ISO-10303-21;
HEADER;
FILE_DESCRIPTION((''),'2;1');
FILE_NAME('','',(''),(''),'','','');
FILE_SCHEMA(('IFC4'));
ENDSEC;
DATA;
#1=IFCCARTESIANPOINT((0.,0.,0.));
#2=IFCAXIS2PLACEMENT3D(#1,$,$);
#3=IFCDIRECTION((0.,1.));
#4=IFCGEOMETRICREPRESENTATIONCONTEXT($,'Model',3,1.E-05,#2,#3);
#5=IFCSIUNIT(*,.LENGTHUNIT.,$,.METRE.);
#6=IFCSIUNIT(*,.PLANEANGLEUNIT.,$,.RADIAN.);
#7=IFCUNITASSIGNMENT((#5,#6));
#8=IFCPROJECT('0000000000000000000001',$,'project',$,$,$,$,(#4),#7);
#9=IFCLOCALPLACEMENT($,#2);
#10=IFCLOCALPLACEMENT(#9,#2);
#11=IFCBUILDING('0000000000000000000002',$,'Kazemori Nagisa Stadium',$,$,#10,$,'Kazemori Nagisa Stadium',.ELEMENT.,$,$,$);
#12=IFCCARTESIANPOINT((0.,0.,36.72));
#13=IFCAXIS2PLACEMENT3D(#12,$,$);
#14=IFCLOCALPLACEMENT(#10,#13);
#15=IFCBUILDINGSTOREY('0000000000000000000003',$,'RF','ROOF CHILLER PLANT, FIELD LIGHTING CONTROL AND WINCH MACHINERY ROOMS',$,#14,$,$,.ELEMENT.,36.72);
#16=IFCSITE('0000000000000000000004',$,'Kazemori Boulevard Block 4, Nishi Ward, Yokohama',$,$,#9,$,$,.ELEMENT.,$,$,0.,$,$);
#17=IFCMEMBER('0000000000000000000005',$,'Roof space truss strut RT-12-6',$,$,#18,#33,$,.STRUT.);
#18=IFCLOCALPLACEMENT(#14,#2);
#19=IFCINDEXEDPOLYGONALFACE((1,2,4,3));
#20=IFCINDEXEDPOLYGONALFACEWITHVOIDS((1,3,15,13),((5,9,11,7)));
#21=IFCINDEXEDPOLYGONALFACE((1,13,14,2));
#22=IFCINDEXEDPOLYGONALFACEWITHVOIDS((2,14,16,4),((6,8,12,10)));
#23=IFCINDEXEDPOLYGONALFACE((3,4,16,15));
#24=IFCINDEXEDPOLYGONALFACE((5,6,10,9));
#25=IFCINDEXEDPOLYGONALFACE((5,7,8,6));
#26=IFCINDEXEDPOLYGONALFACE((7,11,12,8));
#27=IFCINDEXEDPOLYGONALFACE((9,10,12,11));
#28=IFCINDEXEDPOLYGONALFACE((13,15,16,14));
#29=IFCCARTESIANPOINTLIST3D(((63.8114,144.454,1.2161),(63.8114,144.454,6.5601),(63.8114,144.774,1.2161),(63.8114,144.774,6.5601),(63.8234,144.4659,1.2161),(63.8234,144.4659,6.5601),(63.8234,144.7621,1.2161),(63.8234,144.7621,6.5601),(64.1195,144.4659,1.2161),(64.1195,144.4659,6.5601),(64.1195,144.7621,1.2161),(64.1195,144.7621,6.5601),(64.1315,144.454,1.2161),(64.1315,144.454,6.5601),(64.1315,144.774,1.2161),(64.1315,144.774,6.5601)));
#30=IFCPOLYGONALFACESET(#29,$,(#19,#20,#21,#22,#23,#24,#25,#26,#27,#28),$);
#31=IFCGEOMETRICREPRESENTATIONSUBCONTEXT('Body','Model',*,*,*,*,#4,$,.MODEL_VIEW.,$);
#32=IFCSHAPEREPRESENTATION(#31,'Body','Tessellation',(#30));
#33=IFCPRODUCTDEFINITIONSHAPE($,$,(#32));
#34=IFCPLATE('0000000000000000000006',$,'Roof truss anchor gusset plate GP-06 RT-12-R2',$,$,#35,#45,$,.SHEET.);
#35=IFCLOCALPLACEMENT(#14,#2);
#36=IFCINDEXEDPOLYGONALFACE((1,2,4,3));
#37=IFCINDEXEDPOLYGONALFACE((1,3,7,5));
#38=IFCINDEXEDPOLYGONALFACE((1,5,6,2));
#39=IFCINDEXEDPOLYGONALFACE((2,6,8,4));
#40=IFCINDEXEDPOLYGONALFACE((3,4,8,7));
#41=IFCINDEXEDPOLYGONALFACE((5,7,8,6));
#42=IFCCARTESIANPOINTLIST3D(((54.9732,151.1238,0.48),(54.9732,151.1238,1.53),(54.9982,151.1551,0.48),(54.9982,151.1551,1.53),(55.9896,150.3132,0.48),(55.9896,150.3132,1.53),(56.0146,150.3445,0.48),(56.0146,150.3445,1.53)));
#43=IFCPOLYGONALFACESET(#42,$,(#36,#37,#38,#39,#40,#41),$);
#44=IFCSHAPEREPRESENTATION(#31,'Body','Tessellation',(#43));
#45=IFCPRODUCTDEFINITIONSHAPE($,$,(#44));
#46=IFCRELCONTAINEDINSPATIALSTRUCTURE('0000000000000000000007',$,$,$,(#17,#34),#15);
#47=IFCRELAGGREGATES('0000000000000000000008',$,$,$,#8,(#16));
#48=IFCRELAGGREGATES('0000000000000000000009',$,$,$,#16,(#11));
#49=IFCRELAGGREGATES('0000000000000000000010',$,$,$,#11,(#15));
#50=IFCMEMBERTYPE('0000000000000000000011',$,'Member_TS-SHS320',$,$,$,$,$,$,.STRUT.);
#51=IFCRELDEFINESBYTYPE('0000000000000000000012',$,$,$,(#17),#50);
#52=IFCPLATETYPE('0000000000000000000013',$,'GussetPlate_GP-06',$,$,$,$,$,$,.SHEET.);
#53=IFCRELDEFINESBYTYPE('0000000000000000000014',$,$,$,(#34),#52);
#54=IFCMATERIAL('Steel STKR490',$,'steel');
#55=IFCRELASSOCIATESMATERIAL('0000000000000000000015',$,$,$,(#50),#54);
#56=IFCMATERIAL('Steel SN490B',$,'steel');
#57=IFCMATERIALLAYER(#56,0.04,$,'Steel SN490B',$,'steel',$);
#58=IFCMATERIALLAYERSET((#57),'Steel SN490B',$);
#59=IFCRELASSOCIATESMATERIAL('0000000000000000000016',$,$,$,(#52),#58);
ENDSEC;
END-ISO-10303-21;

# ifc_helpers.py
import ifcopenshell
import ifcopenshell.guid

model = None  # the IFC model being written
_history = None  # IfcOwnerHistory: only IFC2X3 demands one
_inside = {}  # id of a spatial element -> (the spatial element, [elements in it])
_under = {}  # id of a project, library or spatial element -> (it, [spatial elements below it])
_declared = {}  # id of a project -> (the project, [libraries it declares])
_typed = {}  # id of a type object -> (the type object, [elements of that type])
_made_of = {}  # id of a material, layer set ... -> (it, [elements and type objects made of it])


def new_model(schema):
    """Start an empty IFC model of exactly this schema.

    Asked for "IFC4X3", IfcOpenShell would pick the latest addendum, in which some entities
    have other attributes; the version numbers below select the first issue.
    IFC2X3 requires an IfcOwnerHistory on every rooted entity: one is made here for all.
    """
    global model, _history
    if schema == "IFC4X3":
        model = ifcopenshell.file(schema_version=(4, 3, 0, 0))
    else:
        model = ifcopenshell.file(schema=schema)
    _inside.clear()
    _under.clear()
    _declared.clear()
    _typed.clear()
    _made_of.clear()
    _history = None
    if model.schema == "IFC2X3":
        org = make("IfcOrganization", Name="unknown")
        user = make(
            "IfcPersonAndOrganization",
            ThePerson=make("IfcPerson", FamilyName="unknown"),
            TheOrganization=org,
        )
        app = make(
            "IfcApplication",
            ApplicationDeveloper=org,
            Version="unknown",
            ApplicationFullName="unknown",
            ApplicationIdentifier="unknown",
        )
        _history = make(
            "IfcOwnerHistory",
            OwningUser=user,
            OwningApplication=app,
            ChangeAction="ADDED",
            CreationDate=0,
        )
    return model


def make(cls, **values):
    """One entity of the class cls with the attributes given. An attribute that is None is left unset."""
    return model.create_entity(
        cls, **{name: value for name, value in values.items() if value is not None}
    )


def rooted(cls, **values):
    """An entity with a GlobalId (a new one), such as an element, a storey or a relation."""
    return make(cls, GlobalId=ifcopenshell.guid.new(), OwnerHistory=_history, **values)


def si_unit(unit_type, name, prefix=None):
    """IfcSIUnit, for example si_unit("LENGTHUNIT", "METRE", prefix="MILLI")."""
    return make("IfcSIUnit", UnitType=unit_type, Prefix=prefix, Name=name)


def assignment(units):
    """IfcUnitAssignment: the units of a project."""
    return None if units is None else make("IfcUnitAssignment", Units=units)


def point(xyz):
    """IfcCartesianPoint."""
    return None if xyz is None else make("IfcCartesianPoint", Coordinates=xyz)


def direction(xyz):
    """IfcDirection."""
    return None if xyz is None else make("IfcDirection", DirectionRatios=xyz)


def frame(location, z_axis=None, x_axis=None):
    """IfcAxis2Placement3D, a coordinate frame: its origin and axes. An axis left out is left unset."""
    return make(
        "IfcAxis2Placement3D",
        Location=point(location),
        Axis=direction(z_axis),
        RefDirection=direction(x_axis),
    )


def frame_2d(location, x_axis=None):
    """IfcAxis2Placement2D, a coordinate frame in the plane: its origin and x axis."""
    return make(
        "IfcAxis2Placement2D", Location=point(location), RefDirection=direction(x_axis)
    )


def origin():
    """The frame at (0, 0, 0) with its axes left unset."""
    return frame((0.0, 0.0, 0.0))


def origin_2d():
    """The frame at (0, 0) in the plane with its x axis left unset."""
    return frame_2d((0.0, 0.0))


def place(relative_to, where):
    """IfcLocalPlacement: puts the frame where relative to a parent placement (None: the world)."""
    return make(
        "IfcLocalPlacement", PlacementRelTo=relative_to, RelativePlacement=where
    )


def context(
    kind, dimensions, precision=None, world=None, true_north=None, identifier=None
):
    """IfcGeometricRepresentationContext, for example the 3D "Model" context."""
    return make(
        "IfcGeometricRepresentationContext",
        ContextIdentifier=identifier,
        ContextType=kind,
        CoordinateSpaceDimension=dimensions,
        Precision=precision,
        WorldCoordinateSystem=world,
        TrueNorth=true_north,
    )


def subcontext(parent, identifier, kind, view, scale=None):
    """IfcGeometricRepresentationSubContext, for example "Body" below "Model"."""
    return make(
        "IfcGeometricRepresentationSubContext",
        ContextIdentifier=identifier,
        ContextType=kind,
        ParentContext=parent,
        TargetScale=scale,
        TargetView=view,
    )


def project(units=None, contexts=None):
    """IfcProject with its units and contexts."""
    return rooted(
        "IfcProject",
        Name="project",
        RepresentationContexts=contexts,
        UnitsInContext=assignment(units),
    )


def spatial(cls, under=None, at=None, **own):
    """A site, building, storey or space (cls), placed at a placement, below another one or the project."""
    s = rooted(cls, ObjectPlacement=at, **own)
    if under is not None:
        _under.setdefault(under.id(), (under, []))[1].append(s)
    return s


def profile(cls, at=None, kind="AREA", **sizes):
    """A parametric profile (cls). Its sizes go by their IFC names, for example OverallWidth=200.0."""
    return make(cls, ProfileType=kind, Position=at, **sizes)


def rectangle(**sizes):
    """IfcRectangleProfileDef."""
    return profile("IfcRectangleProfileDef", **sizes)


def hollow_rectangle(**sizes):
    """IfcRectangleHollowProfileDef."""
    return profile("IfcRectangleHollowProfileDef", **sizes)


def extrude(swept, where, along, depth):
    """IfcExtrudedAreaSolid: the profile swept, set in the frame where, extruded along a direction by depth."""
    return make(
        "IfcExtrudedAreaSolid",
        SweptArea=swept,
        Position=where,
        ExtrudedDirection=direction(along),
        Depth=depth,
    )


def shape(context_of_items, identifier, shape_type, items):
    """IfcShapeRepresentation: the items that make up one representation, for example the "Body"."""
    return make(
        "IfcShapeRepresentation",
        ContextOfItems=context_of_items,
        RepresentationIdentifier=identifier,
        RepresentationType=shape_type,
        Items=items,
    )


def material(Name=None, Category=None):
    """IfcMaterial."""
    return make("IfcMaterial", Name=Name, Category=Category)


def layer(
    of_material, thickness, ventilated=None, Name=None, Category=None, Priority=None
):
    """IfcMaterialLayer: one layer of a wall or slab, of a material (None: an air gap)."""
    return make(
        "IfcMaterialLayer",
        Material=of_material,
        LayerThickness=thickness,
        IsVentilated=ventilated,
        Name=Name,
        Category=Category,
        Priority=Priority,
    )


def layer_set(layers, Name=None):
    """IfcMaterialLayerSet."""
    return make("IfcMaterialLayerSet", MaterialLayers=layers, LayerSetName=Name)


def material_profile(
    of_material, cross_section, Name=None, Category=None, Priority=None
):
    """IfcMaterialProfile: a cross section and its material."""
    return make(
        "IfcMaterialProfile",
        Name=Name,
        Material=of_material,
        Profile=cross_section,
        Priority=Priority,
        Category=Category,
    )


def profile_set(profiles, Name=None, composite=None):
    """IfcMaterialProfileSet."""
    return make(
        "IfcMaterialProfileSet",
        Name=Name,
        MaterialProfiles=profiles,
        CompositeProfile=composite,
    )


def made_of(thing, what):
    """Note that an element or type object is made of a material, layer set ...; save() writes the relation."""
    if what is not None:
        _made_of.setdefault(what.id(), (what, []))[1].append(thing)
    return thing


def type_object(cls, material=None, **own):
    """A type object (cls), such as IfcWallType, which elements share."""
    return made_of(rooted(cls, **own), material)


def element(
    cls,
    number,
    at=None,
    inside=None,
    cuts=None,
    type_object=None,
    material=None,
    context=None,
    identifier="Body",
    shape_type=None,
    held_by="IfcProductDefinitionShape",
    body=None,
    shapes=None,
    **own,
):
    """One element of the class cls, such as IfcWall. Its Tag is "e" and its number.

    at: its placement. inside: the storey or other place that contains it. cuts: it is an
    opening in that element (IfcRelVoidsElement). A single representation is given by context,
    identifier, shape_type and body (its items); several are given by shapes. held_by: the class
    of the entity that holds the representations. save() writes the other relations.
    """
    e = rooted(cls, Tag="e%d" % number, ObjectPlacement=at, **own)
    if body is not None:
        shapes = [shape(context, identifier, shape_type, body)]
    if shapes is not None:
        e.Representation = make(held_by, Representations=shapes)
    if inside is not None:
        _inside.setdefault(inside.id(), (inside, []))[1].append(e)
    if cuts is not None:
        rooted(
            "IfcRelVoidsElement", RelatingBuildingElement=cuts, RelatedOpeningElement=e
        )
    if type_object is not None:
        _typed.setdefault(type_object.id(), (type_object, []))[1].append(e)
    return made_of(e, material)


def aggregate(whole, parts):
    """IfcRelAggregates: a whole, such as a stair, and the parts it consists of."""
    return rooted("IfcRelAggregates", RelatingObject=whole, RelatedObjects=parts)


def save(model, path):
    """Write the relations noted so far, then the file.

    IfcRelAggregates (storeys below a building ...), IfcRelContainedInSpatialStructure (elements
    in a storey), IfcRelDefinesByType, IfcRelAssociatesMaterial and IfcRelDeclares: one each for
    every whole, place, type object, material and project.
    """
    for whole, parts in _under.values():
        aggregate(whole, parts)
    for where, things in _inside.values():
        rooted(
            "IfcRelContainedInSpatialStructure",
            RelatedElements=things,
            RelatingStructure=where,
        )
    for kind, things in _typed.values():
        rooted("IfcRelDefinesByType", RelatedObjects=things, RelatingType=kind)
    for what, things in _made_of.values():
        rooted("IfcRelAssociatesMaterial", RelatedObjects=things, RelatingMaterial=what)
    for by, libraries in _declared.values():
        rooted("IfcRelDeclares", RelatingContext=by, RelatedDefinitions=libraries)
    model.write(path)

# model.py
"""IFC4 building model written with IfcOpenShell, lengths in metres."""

from ifc_helpers import new_model, si_unit, direction, frame, origin, origin_2d, place, context, subcontext, project, spatial, rectangle, hollow_rectangle, extrude, material, layer, layer_set, material_profile, profile_set, type_object, element, save


model = new_model("IFC4")

# Units and contexts
model_context = context("Model", 3, precision=1e-05, world=origin(), true_north=direction((0.0, 1.0)))
body_context = subcontext(model_context, "Body", "Model", "MODEL_VIEW")
ifc_project = project(units=[si_unit("LENGTHUNIT", "METRE"), si_unit("PLANEANGLEUNIT", "RADIAN")], contexts=[model_context])

# Site, building, storey
site_placement = place(None, origin())
site = spatial("IfcSite", under=ifc_project, at=site_placement, Name="Kazemori Boulevard Block 4, Nishi Ward, Yokohama", CompositionType="ELEMENT", RefElevation=0.0)
building_placement = place(site_placement, origin())
building = spatial("IfcBuilding", under=site, at=building_placement, Name="Kazemori Nagisa Stadium", LongName="Kazemori Nagisa Stadium", CompositionType="ELEMENT")
storey_placement = place(building_placement, frame((0.0, 0.0, 36.72)))
storey = spatial("IfcBuildingStorey", under=building, at=storey_placement, Name="RF", Description="ROOF CHILLER PLANT, FIELD LIGHTING CONTROL AND WINCH MACHINERY ROOMS", CompositionType="ELEMENT", Elevation=36.72)

# Shared definitions
ifc_material_1 = material(Name="Steel SN490B", Category="steel")

# Member
ifc_material_2 = material(Name="Steel STKR490", Category="steel")
ifc_material_profile_1 = material_profile(ifc_material_2, hollow_rectangle(XDim=0.3201, YDim=0.3201, WallThickness=0.012, at=origin_2d()), Name="SHS-320x320x12")
ifc_profile_set_1 = profile_set([ifc_material_profile_1], Name="Steel STKR490")
member_type_1 = type_object("IfcMemberType", Name="Member_TS-SHS320", PredefinedType="STRUT", material=ifc_profile_set_1)
member_1_placement = place(storey_placement, frame((63.9714, 144.614, 1.2161), z_axis=(0.0, 0.0, 1.0), x_axis=(1.0, 0.0, 0.0)))
element("IfcMember", 1, at=member_1_placement, inside=storey, type_object=member_type_1, Name="Roof space truss strut RT-12-6", PredefinedType="STRUT", context=body_context, shape_type="SweptSolid", body=[
    extrude(hollow_rectangle(XDim=0.3201, YDim=0.3201, WallThickness=0.012, at=origin_2d()), origin(), (0.0, 0.0, 1.0), 5.344),
])

# Plate
ifc_layer_1 = layer(ifc_material_1, 0.04, Name="Steel SN490B", Category="steel")
ifc_layer_set_1 = layer_set([ifc_layer_1], Name="Steel SN490B")
plate_type = type_object("IfcPlateType", Name="GussetPlate_GP-06", PredefinedType="SHEET", material=ifc_layer_set_1)
plate_placement = place(storey_placement, frame((55.4939, 150.7341, 0.48), z_axis=(0.0, 0.0, 1.0), x_axis=(-0.781831, 0.62349, 0.0)))
element("IfcPlate", 2, at=plate_placement, inside=storey, type_object=plate_type, Name="Roof truss anchor gusset plate GP-06 RT-12-R2", PredefinedType="SHEET", context=body_context, shape_type="SweptSolid", body=[
    extrude(rectangle(XDim=1.3, YDim=0.04, at=origin_2d()), origin(), (0.0, 0.0, 1.0), 1.05),
])

save(model, "model.ifc")
